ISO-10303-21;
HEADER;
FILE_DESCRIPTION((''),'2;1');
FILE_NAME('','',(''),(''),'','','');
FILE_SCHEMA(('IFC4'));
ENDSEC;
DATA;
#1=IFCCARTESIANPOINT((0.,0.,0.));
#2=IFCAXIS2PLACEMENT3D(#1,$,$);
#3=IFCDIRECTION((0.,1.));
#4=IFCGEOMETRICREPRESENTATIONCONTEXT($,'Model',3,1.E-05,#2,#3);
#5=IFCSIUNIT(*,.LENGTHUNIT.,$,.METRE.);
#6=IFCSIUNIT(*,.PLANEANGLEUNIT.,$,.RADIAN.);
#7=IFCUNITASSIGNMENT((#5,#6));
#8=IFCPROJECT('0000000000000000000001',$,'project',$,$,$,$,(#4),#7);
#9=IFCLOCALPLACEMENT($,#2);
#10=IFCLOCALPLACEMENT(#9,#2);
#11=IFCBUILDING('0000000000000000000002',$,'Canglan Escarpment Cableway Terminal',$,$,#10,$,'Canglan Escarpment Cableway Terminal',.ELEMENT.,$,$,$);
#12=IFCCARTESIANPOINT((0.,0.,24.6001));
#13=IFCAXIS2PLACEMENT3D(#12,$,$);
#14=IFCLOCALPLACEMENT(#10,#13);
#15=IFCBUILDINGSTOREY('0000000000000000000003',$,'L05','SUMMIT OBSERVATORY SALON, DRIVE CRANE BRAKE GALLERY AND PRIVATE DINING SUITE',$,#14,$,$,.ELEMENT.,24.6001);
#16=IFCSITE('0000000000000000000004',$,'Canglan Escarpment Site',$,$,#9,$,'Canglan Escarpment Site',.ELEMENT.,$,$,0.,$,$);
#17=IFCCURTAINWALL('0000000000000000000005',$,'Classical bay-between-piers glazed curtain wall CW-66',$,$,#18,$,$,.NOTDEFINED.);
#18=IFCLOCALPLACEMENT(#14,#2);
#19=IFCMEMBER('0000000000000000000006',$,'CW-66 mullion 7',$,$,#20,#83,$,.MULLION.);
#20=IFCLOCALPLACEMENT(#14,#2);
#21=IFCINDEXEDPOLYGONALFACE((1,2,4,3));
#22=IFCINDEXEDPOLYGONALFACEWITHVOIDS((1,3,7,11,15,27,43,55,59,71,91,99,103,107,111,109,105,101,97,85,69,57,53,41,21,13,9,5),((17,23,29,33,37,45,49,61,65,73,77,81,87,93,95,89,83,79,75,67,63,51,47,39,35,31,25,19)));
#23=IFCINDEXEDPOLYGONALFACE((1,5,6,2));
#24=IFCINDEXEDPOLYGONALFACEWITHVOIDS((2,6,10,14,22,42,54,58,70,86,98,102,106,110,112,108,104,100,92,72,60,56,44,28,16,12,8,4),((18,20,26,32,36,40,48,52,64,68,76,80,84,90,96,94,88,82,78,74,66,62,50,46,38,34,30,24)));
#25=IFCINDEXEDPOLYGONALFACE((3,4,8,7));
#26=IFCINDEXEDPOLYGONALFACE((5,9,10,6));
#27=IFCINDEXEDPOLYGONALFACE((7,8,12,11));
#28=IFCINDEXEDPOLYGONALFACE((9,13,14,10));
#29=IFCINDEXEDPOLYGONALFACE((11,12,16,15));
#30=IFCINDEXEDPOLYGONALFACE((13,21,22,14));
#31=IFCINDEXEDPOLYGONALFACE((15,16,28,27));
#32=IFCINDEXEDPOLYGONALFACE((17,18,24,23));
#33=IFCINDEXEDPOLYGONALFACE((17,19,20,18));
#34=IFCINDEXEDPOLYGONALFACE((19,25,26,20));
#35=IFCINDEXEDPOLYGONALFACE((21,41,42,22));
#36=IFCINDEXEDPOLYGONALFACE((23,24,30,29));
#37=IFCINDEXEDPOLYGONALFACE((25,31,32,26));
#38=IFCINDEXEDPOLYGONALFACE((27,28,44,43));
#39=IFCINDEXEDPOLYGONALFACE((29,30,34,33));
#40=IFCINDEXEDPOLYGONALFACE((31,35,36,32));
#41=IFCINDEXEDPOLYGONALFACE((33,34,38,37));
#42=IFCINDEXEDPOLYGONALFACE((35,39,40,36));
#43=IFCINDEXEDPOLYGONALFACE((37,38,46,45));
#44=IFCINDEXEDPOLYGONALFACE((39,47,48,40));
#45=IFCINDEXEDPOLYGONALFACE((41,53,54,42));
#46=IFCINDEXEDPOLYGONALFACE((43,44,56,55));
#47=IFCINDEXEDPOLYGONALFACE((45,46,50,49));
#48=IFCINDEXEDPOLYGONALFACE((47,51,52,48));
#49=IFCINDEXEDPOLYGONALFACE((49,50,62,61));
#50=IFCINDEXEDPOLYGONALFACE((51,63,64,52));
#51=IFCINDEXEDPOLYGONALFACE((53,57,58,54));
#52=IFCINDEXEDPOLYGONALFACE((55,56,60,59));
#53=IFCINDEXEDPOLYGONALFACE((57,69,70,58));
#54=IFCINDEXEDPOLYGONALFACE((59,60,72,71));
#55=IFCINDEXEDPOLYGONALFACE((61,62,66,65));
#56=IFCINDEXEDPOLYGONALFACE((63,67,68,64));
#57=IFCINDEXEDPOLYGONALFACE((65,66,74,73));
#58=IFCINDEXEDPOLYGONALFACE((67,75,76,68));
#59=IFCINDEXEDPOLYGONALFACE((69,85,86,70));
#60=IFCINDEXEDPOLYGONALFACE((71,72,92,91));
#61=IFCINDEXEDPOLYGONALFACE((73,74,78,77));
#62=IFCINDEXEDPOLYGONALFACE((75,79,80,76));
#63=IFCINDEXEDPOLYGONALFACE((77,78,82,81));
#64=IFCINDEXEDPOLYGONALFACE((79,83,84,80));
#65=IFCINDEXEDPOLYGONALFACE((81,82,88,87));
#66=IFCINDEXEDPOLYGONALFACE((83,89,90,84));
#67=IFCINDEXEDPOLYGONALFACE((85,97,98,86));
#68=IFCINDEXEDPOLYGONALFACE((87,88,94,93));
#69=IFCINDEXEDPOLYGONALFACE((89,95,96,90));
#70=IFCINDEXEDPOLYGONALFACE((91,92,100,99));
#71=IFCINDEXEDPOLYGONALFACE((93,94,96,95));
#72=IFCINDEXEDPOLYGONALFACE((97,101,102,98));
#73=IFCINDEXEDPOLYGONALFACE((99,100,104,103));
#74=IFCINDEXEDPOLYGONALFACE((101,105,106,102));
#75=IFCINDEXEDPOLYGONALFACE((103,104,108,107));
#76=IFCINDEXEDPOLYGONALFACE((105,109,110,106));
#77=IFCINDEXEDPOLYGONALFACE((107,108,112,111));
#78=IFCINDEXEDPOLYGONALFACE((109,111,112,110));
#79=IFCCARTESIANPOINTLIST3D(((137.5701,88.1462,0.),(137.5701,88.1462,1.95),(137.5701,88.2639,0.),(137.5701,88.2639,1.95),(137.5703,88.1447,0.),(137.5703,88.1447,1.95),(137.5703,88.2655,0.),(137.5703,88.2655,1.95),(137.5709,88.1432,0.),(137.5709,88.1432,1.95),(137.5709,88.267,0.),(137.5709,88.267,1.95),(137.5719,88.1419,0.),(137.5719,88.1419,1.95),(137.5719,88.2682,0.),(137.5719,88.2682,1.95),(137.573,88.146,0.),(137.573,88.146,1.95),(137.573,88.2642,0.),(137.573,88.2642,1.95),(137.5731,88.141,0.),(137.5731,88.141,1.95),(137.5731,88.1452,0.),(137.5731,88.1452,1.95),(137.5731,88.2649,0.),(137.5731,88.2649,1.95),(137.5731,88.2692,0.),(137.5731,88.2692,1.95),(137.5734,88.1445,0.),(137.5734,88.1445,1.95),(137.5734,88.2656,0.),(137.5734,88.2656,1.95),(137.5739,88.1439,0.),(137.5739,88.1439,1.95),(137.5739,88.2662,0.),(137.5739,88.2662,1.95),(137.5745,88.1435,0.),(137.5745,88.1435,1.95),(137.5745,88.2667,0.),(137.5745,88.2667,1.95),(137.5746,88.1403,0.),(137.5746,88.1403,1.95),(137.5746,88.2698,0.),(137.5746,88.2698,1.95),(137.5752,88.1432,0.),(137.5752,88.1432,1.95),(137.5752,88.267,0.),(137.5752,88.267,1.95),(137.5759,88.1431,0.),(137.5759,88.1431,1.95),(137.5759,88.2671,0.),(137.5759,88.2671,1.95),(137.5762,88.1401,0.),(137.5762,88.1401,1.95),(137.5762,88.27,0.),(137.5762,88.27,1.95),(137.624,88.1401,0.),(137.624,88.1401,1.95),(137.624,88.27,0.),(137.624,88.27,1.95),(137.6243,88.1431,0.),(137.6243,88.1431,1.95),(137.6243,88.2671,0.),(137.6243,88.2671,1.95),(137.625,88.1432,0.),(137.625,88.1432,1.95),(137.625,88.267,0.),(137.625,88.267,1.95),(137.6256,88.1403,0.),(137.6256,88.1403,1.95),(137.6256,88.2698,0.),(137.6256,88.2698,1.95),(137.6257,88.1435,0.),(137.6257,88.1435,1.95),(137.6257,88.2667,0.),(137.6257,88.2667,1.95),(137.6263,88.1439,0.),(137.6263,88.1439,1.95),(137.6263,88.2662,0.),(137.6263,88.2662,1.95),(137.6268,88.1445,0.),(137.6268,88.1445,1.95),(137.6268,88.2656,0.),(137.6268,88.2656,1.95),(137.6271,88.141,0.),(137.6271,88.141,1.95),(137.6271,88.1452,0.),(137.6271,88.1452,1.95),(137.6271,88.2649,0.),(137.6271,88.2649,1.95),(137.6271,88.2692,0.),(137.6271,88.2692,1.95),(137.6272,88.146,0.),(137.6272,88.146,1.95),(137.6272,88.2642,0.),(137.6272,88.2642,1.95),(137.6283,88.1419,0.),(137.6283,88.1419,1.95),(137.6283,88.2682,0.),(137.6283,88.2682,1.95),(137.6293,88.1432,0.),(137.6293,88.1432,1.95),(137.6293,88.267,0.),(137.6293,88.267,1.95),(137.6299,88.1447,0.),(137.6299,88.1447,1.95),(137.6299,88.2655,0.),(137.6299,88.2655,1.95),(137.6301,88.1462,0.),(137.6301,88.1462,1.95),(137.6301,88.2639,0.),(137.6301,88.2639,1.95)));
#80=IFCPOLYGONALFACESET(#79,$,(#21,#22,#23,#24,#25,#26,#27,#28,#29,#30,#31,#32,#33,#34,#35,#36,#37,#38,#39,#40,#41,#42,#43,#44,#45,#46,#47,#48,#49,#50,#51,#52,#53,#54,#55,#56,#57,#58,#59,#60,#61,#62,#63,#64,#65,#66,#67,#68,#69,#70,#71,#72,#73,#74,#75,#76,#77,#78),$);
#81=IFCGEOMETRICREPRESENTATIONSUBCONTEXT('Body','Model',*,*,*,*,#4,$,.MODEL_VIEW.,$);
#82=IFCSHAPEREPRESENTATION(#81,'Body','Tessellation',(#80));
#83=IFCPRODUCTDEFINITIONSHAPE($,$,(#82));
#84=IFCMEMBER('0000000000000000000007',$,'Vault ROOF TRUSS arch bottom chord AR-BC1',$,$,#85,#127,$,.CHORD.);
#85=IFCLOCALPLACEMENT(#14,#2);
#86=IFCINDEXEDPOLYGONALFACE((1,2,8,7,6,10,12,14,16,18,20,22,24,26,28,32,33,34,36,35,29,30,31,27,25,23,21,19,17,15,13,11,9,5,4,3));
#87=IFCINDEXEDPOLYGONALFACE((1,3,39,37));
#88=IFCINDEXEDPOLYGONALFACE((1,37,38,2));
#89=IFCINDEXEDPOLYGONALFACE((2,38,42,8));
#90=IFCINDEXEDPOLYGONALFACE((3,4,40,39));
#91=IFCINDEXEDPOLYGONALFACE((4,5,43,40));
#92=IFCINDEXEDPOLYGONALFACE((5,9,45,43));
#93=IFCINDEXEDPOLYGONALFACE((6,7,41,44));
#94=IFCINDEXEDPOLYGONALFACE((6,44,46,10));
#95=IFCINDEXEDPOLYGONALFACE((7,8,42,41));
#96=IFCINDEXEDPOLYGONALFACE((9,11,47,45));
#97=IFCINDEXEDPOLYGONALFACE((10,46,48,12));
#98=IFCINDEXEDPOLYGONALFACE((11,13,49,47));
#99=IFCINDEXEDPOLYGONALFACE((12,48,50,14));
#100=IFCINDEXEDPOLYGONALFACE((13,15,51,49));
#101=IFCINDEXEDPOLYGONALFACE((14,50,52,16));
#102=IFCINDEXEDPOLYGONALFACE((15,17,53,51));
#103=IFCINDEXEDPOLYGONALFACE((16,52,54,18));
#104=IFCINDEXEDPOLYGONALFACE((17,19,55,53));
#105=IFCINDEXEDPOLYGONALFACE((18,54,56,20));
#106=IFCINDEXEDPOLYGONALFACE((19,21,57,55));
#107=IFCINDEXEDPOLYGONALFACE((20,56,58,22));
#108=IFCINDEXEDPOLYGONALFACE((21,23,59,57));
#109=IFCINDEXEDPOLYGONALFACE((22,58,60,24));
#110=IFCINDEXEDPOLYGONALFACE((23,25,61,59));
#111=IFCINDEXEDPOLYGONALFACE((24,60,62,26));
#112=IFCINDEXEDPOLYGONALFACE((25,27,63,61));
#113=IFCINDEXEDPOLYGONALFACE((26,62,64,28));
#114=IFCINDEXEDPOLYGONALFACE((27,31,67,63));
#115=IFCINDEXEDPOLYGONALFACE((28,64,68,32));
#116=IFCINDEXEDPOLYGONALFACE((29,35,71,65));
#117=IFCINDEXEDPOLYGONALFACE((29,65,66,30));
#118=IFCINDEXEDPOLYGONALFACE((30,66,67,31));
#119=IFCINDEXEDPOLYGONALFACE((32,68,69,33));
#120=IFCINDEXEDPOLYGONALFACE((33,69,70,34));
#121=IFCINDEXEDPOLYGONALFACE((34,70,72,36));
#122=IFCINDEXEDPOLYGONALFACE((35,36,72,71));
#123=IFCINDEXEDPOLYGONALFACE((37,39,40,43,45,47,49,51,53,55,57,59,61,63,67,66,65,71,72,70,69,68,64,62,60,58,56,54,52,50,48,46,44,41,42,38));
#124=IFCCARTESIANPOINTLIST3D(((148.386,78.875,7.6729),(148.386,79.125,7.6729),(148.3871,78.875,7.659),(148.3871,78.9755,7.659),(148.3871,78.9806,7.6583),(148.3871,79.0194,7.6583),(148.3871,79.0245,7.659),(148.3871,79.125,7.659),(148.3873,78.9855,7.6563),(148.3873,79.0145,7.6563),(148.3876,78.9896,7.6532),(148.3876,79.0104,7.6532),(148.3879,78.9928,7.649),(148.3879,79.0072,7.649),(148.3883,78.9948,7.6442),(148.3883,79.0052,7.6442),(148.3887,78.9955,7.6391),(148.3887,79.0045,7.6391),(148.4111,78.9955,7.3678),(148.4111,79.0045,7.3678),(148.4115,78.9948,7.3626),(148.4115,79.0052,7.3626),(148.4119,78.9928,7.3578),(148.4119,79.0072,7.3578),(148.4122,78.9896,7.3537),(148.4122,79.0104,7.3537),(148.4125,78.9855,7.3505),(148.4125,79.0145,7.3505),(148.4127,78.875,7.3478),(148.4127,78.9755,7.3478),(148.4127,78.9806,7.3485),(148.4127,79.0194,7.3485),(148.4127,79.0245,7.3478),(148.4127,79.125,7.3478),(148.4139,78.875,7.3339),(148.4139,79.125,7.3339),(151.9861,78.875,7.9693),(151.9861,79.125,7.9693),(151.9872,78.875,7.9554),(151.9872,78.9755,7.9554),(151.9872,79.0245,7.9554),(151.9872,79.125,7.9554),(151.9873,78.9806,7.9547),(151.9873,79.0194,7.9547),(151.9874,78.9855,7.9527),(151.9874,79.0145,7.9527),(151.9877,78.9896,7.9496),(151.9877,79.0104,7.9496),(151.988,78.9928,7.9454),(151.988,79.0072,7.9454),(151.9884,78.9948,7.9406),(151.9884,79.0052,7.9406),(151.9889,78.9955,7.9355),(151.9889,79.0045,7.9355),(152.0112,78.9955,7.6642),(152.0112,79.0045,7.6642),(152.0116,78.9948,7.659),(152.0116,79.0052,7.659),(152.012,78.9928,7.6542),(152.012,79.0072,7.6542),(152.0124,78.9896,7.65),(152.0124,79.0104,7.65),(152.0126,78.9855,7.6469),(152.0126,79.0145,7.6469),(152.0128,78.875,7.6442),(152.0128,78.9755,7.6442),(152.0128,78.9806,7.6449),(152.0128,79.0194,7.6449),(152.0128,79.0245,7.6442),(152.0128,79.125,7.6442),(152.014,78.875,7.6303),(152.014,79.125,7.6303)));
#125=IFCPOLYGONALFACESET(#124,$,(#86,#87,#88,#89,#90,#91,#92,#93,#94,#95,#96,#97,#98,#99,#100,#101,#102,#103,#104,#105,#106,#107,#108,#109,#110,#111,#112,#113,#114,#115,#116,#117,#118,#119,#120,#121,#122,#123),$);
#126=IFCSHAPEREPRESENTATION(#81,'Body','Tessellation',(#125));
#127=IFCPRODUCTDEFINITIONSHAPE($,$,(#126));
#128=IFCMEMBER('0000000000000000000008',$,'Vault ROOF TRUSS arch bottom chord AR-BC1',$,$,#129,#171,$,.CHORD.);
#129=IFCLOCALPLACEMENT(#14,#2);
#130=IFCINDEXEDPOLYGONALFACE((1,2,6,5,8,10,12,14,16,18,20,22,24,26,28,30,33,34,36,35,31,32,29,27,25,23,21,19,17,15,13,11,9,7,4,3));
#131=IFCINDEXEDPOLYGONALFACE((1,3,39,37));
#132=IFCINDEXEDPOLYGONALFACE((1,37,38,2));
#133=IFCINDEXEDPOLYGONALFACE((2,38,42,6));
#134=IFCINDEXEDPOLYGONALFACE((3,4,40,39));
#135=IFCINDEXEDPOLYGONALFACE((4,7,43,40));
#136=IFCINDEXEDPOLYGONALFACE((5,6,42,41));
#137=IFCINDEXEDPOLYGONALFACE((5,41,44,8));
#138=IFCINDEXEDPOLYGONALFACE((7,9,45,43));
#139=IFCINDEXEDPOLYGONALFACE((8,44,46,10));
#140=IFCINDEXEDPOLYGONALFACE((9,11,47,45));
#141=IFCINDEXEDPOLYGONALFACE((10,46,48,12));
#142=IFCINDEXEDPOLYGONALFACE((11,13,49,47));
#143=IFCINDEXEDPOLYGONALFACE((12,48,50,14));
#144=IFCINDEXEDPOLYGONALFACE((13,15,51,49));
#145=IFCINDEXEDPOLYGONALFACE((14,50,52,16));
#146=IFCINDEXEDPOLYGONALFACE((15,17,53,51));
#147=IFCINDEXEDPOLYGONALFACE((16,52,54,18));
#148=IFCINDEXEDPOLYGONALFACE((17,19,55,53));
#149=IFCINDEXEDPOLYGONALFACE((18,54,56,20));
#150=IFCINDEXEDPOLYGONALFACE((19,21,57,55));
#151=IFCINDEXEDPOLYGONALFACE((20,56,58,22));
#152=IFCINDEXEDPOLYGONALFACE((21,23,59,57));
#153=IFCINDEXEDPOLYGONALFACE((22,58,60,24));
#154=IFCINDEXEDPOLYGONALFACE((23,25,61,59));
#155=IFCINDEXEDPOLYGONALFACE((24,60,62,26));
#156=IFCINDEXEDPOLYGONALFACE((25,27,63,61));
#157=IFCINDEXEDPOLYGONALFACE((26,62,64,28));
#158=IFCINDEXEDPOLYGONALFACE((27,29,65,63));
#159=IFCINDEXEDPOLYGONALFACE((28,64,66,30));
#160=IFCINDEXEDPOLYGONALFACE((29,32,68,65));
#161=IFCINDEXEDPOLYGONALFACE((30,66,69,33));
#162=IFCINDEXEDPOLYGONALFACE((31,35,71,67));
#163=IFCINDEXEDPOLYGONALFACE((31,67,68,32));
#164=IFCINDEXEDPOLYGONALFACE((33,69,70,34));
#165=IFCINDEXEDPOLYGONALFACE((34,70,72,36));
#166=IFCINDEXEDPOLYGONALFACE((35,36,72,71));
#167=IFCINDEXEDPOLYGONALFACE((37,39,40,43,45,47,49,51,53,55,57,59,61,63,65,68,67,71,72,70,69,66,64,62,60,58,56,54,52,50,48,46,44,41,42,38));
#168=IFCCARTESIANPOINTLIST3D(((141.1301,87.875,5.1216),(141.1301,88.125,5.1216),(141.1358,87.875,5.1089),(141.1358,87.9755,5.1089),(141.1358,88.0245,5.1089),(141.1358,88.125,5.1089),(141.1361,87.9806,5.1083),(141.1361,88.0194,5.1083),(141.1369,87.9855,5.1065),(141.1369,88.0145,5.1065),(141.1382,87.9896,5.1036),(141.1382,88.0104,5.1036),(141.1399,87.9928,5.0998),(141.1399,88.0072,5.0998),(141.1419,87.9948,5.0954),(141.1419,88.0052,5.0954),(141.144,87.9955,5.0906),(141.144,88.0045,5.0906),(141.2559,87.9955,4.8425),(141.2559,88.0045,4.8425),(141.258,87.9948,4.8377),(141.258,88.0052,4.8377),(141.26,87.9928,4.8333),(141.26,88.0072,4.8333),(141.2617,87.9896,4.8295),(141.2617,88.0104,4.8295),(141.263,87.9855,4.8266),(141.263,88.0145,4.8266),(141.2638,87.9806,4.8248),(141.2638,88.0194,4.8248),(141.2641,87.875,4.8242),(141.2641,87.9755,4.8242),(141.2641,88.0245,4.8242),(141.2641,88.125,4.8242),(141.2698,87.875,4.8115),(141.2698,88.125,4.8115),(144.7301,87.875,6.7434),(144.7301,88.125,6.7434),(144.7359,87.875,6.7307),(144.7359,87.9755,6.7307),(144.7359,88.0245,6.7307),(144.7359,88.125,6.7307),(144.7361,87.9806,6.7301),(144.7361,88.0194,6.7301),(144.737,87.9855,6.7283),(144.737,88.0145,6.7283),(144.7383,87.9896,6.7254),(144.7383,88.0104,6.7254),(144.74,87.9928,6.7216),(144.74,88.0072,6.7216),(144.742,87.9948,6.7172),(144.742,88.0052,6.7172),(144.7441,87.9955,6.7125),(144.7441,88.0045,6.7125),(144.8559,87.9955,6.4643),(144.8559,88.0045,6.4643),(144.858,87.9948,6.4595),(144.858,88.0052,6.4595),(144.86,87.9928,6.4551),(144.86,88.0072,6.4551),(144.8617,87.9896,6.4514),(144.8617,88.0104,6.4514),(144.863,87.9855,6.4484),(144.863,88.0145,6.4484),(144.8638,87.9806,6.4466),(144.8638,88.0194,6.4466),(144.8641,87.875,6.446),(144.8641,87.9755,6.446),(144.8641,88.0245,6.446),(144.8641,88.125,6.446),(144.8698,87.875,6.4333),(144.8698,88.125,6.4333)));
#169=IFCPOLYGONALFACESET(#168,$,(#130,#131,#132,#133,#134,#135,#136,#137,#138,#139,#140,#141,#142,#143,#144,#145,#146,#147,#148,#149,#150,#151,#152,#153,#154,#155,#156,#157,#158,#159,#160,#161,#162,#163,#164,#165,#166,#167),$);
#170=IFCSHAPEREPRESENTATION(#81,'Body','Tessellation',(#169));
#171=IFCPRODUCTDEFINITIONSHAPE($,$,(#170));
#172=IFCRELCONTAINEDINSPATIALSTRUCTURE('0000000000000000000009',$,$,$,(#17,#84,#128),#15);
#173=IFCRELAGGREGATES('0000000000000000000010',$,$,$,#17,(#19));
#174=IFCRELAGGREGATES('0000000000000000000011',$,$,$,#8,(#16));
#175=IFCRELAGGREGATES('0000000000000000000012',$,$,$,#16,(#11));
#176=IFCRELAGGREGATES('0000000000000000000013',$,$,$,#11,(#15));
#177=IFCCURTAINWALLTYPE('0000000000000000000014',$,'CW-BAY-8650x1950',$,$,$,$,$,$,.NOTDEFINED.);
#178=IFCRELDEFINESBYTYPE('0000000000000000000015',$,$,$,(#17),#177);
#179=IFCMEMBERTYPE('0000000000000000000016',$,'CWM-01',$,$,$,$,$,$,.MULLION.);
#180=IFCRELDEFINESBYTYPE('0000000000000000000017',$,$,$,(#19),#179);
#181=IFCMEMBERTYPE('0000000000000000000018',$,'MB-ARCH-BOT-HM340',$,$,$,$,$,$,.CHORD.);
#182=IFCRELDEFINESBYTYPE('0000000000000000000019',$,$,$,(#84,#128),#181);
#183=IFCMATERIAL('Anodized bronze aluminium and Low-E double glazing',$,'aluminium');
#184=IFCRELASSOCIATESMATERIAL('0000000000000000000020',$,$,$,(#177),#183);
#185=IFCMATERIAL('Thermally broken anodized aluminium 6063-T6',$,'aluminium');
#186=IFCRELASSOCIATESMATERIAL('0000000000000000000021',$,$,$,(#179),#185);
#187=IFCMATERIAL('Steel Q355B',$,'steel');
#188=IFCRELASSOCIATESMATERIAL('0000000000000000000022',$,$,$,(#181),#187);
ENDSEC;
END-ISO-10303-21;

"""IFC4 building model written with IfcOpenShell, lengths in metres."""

from ifc_helpers import new_model, si_unit, direction, frame, origin, origin_2d, place, context, subcontext, project, spatial, hollow_rectangle, i_section, extrude, material, material_profile, profile_set, type_object, element, aggregate, save


model = new_model("IFC4")

# Units and contexts
model_context = context("Model", 3, precision=1e-05, world=origin(), true_north=direction((0.0, 1.0)))
body_context = subcontext(model_context, "Body", "Model", "MODEL_VIEW")
ifc_project = project(units=[si_unit("LENGTHUNIT", "METRE"), si_unit("PLANEANGLEUNIT", "RADIAN")], contexts=[model_context])

# Site, building, storey
site_placement = place(None, origin())
site = spatial("IfcSite", under=ifc_project, at=site_placement, Name="Canglan Escarpment Site", LongName="Canglan Escarpment Site", CompositionType="ELEMENT", RefElevation=0.0)
building_placement = place(site_placement, origin())
building = spatial("IfcBuilding", under=site, at=building_placement, Name="Canglan Escarpment Cableway Terminal", LongName="Canglan Escarpment Cableway Terminal", CompositionType="ELEMENT")
storey_placement = place(building_placement, frame((0.0, 0.0, 24.6001)))
storey = spatial("IfcBuildingStorey", under=building, at=storey_placement, Name="L05", Description="SUMMIT OBSERVATORY SALON, DRIVE CRANE BRAKE GALLERY AND PRIVATE DINING SUITE", CompositionType="ELEMENT", Elevation=24.6001)

# Shared definitions
ifc_material_1 = material(Name="Steel Q355B", Category="steel")

# Curtain wall, member
ifc_material_2 = material(Name="Anodized bronze aluminium and Low-E double glazing", Category="aluminium")
curtain_wall_type = type_object("IfcCurtainWallType", Name="CW-BAY-8650x1950", PredefinedType="NOTDEFINED", material=ifc_material_2)
curtain_wall_placement = place(storey_placement, origin())
curtain_wall = element("IfcCurtainWall", 1, at=curtain_wall_placement, inside=storey, type_object=curtain_wall_type, Name="Classical bay-between-piers glazed curtain wall CW-66", PredefinedType="NOTDEFINED")
ifc_material_3 = material(Name="Thermally broken anodized aluminium 6063-T6", Category="aluminium")
ifc_material_profile_1 = material_profile(ifc_material_3, hollow_rectangle(XDim=0.0601, YDim=0.1299, WallThickness=0.0029, InnerFilletRadius=0.0029, OuterFilletRadius=0.0061, at=origin_2d()), Name="ALU-MULL 60x130x3")
ifc_profile_set_1 = profile_set([ifc_material_profile_1], Name="Thermally broken anodized aluminium 6063-T6")
member_type_1 = type_object("IfcMemberType", Name="CWM-01", PredefinedType="MULLION", material=ifc_profile_set_1)
member_1_placement = place(storey_placement, frame((137.6001, 88.2051, 0.0), z_axis=(0.0, 0.0, 1.0), x_axis=(1.0, 0.0, 0.0)))
member_1 = element("IfcMember", 2, at=member_1_placement, type_object=member_type_1, Name="CW-66 mullion 7", PredefinedType="MULLION", context=body_context, shape_type="SweptSolid", body=[
    extrude(hollow_rectangle(XDim=0.0601, YDim=0.1299, WallThickness=0.0029, InnerFilletRadius=0.0029, OuterFilletRadius=0.0061, at=origin_2d()), origin(), (0.0, 0.0, 1.0), 1.95),
])

# Members
ifc_material_profile_2 = material_profile(ifc_material_1, i_section(OverallWidth=0.25, OverallDepth=0.3401, WebThickness=0.009, FlangeThickness=0.0139, FilletRadius=0.02, at=origin_2d()), Name="HM 340x250x9x14")
ifc_profile_set_2 = profile_set([ifc_material_profile_2], Name="Steel Q355B")
member_type_2 = type_object("IfcMemberType", Name="MB-ARCH-BOT-HM340", PredefinedType="CHORD", material=ifc_profile_set_2)
member_2_placement = place(storey_placement, frame((148.3999, 79.0, 7.5034), z_axis=(0.996628, 0.0, 0.08205), x_axis=(0.0, 1.0, 0.0)))
element("IfcMember", 3, at=member_2_placement, inside=storey, type_object=member_type_2, Name="Vault ROOF TRUSS arch bottom chord AR-BC1", PredefinedType="CHORD", context=body_context, shape_type="SweptSolid", body=[
    extrude(i_section(OverallWidth=0.25, OverallDepth=0.3401, WebThickness=0.009, FlangeThickness=0.0139, FilletRadius=0.02, at=origin_2d()), origin(), (0.0, 0.0, 1.0), 3.6123),
])
member_3_placement = place(storey_placement, frame((141.2, 88.0, 4.9666), z_axis=(0.911753, 0.0, 0.41074), x_axis=(0.0, 1.0, 0.0)))
element("IfcMember", 4, at=member_3_placement, inside=storey, type_object=member_type_2, Name="Vault ROOF TRUSS arch bottom chord AR-BC1", PredefinedType="CHORD", context=body_context, shape_type="SweptSolid", body=[
    extrude(i_section(OverallWidth=0.25, OverallDepth=0.3401, WebThickness=0.009, FlangeThickness=0.0139, FilletRadius=0.02, at=origin_2d()), origin(), (0.0, 0.0, 1.0), 3.9485),
])

aggregate(curtain_wall, [member_1])

save(model, "model.ifc")
